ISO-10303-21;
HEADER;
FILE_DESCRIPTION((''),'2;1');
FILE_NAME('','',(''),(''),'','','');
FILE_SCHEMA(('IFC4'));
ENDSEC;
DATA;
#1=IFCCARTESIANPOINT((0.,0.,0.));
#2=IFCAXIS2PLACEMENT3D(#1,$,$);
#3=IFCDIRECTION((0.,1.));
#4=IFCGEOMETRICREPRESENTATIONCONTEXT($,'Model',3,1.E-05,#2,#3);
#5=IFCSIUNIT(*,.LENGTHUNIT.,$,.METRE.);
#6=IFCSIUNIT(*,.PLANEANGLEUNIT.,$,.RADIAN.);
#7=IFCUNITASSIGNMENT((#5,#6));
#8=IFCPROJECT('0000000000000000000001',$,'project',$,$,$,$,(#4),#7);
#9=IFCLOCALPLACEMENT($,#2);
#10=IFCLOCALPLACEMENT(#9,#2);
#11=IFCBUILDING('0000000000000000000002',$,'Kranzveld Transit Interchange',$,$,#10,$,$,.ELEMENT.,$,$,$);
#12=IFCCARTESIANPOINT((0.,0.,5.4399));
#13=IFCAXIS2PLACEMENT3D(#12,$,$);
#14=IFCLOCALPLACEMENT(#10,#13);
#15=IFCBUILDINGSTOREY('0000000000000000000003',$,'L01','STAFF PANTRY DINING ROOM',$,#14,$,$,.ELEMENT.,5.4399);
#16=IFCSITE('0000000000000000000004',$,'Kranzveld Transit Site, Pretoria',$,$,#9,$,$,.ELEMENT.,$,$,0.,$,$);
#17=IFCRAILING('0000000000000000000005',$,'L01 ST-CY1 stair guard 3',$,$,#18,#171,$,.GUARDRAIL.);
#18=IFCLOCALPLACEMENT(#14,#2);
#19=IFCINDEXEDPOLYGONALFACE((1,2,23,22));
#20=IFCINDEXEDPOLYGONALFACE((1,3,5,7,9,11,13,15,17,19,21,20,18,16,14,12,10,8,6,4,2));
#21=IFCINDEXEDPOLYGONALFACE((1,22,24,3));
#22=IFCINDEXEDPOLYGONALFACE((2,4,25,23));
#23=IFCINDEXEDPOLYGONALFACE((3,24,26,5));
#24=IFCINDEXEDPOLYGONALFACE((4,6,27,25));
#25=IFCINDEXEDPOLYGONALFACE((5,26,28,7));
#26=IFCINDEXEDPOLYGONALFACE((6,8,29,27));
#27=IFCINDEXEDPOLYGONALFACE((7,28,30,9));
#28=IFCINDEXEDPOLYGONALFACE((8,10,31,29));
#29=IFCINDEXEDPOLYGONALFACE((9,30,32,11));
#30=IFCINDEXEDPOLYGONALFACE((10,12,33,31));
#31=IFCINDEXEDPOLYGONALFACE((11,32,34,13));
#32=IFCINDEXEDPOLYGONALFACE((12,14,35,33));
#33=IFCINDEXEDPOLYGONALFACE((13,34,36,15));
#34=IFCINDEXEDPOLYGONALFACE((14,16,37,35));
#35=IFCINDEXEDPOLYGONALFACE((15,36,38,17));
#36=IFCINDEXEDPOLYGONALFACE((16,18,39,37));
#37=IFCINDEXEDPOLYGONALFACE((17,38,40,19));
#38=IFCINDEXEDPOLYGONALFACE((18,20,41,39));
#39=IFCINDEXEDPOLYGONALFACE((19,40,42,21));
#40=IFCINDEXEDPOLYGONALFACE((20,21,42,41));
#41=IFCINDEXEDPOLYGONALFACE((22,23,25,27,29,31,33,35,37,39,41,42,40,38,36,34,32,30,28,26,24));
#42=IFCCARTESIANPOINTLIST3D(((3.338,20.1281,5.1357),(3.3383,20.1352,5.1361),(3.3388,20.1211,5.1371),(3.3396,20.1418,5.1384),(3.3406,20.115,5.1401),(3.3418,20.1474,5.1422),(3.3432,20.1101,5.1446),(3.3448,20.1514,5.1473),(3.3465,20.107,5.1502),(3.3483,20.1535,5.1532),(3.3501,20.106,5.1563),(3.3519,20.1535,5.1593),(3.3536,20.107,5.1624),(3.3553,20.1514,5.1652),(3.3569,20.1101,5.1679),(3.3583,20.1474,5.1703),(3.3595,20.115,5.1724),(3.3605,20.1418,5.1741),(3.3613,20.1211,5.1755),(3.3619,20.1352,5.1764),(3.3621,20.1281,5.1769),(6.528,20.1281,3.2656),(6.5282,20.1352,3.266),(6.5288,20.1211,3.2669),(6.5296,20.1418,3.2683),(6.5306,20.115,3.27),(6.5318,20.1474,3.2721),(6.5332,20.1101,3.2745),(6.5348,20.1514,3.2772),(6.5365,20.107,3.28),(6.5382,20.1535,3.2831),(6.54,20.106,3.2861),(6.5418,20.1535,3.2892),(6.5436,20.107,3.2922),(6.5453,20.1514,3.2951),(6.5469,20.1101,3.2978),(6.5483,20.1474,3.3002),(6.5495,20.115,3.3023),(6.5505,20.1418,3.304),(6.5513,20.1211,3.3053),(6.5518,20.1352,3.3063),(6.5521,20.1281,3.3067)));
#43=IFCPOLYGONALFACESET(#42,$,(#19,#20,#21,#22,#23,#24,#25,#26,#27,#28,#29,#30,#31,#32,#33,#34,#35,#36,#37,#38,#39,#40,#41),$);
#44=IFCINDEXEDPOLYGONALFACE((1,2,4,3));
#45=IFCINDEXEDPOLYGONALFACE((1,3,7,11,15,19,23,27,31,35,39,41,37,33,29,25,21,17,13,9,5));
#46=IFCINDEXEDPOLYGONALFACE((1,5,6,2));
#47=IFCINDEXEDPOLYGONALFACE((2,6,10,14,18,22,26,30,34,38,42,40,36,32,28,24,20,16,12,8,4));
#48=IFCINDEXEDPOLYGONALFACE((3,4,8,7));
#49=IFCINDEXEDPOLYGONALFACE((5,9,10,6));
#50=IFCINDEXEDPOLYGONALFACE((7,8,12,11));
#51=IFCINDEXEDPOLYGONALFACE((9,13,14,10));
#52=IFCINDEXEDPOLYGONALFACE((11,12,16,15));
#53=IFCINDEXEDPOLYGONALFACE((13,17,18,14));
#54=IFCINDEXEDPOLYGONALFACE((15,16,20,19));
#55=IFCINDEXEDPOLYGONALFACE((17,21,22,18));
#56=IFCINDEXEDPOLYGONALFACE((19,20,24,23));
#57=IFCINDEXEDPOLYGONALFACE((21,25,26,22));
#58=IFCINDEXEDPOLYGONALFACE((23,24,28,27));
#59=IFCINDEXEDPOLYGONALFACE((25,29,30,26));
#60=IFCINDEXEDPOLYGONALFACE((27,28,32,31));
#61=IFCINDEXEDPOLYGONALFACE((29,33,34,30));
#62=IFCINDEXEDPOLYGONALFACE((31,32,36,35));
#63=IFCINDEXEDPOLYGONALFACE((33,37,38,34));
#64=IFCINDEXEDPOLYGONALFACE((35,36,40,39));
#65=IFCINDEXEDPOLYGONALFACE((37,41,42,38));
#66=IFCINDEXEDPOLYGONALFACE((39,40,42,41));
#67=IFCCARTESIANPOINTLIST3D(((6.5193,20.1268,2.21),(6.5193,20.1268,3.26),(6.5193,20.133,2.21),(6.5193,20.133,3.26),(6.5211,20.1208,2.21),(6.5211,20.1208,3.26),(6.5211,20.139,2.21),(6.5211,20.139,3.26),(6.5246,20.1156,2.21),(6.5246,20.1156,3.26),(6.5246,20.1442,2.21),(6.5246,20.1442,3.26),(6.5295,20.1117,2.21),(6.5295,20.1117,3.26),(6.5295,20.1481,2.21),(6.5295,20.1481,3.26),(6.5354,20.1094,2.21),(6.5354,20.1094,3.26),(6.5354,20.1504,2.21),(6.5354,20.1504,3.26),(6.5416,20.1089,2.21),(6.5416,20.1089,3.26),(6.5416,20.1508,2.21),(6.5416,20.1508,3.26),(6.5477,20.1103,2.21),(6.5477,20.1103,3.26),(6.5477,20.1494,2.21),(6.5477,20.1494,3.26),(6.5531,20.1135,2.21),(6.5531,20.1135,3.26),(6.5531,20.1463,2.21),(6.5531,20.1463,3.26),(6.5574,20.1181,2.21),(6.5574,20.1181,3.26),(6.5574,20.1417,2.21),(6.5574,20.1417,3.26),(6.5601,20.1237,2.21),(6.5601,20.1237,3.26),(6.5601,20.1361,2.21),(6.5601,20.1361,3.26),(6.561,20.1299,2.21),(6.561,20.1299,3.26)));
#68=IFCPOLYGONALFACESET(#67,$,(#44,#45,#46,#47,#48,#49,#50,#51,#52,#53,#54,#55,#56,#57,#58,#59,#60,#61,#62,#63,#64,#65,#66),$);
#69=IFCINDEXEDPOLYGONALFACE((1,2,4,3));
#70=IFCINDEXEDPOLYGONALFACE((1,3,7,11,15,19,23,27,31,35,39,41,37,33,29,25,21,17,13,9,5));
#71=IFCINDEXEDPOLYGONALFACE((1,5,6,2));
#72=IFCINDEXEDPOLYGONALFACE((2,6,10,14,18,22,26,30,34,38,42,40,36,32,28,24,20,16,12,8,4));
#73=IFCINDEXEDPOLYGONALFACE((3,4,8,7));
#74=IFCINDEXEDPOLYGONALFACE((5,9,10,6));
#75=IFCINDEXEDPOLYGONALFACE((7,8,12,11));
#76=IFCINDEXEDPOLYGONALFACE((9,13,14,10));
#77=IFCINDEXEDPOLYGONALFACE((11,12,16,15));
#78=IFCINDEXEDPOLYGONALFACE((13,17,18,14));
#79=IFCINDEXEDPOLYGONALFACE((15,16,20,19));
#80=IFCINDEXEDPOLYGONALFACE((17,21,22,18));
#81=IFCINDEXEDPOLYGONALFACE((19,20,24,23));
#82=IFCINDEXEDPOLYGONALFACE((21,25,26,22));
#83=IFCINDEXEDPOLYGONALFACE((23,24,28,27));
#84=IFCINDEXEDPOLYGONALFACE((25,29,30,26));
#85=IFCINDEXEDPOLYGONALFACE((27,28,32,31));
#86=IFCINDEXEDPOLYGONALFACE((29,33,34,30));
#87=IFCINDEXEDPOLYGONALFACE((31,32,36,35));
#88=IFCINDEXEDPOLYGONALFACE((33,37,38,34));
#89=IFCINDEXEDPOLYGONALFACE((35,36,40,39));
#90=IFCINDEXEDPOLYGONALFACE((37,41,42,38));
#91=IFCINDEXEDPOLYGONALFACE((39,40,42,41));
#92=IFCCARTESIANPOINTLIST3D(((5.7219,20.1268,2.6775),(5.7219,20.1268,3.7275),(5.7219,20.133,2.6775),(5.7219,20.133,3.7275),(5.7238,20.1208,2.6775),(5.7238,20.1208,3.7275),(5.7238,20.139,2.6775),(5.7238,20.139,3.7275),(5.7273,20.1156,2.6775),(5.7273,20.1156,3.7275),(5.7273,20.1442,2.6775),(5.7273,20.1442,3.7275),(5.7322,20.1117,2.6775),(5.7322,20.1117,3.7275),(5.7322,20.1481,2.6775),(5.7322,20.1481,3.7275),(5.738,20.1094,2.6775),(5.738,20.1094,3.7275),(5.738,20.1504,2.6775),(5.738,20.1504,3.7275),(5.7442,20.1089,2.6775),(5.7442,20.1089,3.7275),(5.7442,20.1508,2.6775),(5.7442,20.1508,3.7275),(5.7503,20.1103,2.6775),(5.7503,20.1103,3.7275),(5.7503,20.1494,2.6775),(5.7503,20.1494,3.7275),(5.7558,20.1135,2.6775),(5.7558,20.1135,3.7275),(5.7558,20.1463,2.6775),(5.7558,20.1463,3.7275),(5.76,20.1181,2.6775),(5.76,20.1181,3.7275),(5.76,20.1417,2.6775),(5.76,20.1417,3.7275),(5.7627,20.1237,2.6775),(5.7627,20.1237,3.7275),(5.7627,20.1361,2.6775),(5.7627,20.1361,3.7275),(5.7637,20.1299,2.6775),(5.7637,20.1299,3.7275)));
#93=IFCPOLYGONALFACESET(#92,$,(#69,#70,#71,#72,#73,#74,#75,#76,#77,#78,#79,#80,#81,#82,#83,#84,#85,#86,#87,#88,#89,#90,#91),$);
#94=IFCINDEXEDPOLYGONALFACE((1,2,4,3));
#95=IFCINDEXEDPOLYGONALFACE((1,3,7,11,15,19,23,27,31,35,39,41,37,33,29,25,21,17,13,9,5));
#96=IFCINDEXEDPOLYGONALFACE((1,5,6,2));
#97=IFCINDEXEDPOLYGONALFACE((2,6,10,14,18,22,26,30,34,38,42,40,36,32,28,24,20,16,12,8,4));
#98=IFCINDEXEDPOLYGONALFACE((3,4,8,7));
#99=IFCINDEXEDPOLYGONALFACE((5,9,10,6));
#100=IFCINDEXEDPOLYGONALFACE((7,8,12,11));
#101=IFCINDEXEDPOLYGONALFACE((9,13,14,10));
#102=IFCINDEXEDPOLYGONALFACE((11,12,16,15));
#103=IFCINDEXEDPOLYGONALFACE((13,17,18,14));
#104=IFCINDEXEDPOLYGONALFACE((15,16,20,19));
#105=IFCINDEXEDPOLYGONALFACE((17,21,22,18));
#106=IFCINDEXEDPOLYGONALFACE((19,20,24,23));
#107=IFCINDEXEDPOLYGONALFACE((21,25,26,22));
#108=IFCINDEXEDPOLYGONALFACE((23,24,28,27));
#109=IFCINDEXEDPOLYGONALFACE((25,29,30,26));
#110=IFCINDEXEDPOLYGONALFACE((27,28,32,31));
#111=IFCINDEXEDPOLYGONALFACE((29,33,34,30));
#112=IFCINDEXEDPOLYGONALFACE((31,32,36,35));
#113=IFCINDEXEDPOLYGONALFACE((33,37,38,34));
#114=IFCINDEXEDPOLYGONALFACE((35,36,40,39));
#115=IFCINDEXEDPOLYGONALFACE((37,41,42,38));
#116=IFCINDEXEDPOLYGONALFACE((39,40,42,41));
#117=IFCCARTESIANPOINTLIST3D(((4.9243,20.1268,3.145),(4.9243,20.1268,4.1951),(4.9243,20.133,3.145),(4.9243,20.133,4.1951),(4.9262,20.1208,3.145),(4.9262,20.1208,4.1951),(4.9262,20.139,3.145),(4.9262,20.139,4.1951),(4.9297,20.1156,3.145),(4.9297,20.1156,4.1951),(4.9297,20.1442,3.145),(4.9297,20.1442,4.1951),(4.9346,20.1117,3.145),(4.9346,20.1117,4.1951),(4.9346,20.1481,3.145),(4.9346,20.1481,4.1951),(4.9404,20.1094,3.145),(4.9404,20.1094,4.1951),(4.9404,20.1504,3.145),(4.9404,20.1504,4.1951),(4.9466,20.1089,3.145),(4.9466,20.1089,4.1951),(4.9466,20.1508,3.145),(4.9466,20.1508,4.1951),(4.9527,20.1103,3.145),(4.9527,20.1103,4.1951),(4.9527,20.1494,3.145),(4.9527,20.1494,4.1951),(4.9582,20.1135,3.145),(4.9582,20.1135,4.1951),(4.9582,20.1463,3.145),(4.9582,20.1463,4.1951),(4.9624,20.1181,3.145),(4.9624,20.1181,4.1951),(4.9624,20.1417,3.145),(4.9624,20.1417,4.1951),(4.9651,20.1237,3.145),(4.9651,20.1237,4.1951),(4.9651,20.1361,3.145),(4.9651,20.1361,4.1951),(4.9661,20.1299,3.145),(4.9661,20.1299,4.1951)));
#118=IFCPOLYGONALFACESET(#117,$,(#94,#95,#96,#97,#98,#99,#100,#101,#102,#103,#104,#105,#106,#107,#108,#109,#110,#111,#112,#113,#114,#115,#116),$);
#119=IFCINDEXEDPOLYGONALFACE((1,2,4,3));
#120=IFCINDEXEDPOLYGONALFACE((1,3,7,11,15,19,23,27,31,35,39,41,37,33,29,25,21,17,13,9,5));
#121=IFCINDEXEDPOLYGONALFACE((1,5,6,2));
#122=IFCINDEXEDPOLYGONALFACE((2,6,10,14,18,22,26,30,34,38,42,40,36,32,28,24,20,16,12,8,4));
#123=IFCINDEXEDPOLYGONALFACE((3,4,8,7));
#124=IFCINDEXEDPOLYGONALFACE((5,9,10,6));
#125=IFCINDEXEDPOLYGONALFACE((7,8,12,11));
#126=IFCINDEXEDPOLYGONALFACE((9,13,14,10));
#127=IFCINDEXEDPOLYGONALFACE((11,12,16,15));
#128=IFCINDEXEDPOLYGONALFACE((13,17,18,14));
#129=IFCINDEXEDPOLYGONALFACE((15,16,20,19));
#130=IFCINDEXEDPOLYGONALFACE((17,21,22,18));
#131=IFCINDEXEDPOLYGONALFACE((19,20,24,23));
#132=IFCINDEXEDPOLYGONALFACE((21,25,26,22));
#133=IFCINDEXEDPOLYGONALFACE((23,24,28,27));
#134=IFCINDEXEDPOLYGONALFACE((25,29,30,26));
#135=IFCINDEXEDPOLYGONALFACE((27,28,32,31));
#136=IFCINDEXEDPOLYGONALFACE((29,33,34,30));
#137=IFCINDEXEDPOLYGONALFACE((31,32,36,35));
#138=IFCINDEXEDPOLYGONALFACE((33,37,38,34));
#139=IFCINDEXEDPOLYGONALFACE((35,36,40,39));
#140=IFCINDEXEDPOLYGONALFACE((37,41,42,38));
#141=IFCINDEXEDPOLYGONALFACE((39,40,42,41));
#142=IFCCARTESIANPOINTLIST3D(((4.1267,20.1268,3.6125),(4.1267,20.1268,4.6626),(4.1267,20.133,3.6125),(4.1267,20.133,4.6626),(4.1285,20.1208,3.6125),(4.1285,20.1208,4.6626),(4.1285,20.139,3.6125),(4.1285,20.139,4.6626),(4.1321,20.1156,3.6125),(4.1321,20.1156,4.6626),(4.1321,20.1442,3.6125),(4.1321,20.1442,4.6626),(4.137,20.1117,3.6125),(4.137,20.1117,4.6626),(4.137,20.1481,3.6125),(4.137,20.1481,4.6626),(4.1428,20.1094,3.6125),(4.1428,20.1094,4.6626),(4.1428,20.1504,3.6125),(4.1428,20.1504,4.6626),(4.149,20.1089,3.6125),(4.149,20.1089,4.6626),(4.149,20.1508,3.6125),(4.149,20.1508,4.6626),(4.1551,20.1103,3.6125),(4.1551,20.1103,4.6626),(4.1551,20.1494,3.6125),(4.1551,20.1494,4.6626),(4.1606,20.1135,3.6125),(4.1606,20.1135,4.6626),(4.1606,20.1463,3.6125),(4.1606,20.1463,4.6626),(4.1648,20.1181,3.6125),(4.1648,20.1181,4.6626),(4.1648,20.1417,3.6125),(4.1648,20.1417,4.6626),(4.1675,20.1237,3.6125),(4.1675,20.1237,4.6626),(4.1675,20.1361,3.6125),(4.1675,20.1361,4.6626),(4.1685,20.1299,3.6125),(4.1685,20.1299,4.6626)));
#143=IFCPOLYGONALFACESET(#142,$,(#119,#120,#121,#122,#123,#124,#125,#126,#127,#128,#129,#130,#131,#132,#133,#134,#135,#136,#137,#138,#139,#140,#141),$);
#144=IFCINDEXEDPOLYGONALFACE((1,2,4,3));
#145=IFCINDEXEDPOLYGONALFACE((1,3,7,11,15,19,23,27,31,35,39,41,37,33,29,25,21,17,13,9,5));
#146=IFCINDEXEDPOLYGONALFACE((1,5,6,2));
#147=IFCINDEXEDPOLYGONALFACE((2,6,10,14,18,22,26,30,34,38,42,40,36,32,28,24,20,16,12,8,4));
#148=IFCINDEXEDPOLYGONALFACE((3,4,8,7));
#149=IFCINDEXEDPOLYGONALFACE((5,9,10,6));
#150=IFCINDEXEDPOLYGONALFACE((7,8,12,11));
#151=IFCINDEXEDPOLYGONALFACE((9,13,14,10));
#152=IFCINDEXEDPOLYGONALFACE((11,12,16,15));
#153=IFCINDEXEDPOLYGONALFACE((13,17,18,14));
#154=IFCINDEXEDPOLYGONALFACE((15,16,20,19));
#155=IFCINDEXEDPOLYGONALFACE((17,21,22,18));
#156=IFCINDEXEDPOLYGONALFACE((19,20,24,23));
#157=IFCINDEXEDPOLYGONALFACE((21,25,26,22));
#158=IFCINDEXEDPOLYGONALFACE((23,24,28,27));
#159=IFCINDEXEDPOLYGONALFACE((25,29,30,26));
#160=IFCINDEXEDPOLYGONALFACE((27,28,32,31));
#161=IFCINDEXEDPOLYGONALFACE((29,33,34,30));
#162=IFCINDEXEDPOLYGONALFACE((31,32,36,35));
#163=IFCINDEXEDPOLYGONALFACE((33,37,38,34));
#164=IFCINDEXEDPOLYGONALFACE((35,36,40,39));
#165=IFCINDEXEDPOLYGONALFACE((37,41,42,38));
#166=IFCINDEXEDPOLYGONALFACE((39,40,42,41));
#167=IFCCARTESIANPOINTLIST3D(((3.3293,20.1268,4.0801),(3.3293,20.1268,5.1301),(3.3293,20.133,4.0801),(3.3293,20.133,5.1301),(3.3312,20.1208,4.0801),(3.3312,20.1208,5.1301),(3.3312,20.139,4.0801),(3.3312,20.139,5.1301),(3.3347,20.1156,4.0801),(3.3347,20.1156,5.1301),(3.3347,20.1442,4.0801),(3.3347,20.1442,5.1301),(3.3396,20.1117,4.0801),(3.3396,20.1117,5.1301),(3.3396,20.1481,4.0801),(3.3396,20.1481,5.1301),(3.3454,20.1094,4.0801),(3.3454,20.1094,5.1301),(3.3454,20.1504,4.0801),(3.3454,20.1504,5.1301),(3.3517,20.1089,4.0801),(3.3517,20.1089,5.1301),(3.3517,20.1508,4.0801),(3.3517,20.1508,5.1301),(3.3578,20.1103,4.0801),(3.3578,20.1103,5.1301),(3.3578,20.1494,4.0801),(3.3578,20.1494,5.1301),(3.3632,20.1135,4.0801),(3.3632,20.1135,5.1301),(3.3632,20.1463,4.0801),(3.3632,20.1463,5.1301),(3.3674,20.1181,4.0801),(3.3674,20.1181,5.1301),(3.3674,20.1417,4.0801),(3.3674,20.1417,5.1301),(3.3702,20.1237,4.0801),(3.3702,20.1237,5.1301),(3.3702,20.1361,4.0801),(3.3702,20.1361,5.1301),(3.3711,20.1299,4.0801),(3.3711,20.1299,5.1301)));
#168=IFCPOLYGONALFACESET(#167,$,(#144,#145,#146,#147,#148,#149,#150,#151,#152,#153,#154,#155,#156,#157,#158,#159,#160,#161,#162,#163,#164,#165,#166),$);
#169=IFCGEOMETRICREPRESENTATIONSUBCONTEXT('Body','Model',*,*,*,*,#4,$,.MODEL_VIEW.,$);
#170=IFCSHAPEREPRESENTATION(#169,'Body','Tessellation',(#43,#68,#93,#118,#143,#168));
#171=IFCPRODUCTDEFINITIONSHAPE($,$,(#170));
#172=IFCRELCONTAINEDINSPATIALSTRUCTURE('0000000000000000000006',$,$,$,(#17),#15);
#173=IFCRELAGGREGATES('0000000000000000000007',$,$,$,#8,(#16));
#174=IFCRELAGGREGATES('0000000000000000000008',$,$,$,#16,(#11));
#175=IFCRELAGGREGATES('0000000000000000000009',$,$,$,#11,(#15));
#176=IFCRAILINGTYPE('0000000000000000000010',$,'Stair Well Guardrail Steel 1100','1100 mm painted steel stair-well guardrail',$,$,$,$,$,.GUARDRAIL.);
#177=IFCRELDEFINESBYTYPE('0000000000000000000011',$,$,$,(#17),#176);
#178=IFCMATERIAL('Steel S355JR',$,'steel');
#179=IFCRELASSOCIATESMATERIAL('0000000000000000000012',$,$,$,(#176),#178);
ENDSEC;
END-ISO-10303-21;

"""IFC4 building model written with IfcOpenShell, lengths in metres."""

from ifc_helpers import new_model, si_unit, direction, frame, origin, origin_2d, place, context, subcontext, project, spatial, circle, extrude, material, type_object, element, save


model = new_model("IFC4")

# Units and contexts
model_context = context("Model", 3, precision=1e-05, world=origin(), true_north=direction((0.0, 1.0)))
body_context = subcontext(model_context, "Body", "Model", "MODEL_VIEW")
ifc_project = project(units=[si_unit("LENGTHUNIT", "METRE"), si_unit("PLANEANGLEUNIT", "RADIAN")], contexts=[model_context])

# Site, building, storey
site_placement = place(None, origin())
site = spatial("IfcSite", under=ifc_project, at=site_placement, Name="Kranzveld Transit Site, Pretoria", CompositionType="ELEMENT", RefElevation=0.0)
building_placement = place(site_placement, origin())
building = spatial("IfcBuilding", under=site, at=building_placement, Name="Kranzveld Transit Interchange", CompositionType="ELEMENT")
storey_placement = place(building_placement, frame((0.0, 0.0, 5.4399)))
storey = spatial("IfcBuildingStorey", under=building, at=storey_placement, Name="L01", Description="STAFF PANTRY DINING ROOM", CompositionType="ELEMENT", Elevation=5.4399)

# Railing
ifc_material_1 = material(Name="Steel S355JR", Category="steel")
railing_type_1 = type_object("IfcRailingType", Name="Stair Well Guardrail Steel 1100", Description="1100 mm painted steel stair-well guardrail", PredefinedType="GUARDRAIL", material=ifc_material_1)
railing_1_placement = place(storey_placement, frame((6.54, 20.1299, 2.21)))
element("IfcRailing", 1, at=railing_1_placement, inside=storey, type_object=railing_type_1, Name="L01 ST-CY1 stair guard 3", PredefinedType="GUARDRAIL", context=body_context, shape_type="SweptSolid", body=[
    extrude(circle(Radius=0.0239, at=origin_2d()), frame((0.0, 0.0, 1.0762), z_axis=(-0.86268, 0.0, 0.50575), x_axis=(0.0, -1.0, 0.0)), (0.0, 0.0, 1.0), 3.6978),
    extrude(circle(Radius=0.021, at=origin_2d()), origin(), (0.0, 0.0, 1.0), 1.05),
    extrude(circle(Radius=0.021, at=origin_2d()), frame((-0.7974, 0.0, 0.4675)), (0.0, 0.0, 1.0), 1.05),
    extrude(circle(Radius=0.021, at=origin_2d()), frame((-1.595, 0.0, 0.9351)), (0.0, 0.0, 1.0), 1.05),
    extrude(circle(Radius=0.021, at=origin_2d()), frame((-2.3926, 0.0, 1.4026)), (0.0, 0.0, 1.0), 1.05),
    extrude(circle(Radius=0.021, at=origin_2d()), frame((-3.1899, 0.0, 1.8701)), (0.0, 0.0, 1.0), 1.05),
])

save(model, "model.ifc")
